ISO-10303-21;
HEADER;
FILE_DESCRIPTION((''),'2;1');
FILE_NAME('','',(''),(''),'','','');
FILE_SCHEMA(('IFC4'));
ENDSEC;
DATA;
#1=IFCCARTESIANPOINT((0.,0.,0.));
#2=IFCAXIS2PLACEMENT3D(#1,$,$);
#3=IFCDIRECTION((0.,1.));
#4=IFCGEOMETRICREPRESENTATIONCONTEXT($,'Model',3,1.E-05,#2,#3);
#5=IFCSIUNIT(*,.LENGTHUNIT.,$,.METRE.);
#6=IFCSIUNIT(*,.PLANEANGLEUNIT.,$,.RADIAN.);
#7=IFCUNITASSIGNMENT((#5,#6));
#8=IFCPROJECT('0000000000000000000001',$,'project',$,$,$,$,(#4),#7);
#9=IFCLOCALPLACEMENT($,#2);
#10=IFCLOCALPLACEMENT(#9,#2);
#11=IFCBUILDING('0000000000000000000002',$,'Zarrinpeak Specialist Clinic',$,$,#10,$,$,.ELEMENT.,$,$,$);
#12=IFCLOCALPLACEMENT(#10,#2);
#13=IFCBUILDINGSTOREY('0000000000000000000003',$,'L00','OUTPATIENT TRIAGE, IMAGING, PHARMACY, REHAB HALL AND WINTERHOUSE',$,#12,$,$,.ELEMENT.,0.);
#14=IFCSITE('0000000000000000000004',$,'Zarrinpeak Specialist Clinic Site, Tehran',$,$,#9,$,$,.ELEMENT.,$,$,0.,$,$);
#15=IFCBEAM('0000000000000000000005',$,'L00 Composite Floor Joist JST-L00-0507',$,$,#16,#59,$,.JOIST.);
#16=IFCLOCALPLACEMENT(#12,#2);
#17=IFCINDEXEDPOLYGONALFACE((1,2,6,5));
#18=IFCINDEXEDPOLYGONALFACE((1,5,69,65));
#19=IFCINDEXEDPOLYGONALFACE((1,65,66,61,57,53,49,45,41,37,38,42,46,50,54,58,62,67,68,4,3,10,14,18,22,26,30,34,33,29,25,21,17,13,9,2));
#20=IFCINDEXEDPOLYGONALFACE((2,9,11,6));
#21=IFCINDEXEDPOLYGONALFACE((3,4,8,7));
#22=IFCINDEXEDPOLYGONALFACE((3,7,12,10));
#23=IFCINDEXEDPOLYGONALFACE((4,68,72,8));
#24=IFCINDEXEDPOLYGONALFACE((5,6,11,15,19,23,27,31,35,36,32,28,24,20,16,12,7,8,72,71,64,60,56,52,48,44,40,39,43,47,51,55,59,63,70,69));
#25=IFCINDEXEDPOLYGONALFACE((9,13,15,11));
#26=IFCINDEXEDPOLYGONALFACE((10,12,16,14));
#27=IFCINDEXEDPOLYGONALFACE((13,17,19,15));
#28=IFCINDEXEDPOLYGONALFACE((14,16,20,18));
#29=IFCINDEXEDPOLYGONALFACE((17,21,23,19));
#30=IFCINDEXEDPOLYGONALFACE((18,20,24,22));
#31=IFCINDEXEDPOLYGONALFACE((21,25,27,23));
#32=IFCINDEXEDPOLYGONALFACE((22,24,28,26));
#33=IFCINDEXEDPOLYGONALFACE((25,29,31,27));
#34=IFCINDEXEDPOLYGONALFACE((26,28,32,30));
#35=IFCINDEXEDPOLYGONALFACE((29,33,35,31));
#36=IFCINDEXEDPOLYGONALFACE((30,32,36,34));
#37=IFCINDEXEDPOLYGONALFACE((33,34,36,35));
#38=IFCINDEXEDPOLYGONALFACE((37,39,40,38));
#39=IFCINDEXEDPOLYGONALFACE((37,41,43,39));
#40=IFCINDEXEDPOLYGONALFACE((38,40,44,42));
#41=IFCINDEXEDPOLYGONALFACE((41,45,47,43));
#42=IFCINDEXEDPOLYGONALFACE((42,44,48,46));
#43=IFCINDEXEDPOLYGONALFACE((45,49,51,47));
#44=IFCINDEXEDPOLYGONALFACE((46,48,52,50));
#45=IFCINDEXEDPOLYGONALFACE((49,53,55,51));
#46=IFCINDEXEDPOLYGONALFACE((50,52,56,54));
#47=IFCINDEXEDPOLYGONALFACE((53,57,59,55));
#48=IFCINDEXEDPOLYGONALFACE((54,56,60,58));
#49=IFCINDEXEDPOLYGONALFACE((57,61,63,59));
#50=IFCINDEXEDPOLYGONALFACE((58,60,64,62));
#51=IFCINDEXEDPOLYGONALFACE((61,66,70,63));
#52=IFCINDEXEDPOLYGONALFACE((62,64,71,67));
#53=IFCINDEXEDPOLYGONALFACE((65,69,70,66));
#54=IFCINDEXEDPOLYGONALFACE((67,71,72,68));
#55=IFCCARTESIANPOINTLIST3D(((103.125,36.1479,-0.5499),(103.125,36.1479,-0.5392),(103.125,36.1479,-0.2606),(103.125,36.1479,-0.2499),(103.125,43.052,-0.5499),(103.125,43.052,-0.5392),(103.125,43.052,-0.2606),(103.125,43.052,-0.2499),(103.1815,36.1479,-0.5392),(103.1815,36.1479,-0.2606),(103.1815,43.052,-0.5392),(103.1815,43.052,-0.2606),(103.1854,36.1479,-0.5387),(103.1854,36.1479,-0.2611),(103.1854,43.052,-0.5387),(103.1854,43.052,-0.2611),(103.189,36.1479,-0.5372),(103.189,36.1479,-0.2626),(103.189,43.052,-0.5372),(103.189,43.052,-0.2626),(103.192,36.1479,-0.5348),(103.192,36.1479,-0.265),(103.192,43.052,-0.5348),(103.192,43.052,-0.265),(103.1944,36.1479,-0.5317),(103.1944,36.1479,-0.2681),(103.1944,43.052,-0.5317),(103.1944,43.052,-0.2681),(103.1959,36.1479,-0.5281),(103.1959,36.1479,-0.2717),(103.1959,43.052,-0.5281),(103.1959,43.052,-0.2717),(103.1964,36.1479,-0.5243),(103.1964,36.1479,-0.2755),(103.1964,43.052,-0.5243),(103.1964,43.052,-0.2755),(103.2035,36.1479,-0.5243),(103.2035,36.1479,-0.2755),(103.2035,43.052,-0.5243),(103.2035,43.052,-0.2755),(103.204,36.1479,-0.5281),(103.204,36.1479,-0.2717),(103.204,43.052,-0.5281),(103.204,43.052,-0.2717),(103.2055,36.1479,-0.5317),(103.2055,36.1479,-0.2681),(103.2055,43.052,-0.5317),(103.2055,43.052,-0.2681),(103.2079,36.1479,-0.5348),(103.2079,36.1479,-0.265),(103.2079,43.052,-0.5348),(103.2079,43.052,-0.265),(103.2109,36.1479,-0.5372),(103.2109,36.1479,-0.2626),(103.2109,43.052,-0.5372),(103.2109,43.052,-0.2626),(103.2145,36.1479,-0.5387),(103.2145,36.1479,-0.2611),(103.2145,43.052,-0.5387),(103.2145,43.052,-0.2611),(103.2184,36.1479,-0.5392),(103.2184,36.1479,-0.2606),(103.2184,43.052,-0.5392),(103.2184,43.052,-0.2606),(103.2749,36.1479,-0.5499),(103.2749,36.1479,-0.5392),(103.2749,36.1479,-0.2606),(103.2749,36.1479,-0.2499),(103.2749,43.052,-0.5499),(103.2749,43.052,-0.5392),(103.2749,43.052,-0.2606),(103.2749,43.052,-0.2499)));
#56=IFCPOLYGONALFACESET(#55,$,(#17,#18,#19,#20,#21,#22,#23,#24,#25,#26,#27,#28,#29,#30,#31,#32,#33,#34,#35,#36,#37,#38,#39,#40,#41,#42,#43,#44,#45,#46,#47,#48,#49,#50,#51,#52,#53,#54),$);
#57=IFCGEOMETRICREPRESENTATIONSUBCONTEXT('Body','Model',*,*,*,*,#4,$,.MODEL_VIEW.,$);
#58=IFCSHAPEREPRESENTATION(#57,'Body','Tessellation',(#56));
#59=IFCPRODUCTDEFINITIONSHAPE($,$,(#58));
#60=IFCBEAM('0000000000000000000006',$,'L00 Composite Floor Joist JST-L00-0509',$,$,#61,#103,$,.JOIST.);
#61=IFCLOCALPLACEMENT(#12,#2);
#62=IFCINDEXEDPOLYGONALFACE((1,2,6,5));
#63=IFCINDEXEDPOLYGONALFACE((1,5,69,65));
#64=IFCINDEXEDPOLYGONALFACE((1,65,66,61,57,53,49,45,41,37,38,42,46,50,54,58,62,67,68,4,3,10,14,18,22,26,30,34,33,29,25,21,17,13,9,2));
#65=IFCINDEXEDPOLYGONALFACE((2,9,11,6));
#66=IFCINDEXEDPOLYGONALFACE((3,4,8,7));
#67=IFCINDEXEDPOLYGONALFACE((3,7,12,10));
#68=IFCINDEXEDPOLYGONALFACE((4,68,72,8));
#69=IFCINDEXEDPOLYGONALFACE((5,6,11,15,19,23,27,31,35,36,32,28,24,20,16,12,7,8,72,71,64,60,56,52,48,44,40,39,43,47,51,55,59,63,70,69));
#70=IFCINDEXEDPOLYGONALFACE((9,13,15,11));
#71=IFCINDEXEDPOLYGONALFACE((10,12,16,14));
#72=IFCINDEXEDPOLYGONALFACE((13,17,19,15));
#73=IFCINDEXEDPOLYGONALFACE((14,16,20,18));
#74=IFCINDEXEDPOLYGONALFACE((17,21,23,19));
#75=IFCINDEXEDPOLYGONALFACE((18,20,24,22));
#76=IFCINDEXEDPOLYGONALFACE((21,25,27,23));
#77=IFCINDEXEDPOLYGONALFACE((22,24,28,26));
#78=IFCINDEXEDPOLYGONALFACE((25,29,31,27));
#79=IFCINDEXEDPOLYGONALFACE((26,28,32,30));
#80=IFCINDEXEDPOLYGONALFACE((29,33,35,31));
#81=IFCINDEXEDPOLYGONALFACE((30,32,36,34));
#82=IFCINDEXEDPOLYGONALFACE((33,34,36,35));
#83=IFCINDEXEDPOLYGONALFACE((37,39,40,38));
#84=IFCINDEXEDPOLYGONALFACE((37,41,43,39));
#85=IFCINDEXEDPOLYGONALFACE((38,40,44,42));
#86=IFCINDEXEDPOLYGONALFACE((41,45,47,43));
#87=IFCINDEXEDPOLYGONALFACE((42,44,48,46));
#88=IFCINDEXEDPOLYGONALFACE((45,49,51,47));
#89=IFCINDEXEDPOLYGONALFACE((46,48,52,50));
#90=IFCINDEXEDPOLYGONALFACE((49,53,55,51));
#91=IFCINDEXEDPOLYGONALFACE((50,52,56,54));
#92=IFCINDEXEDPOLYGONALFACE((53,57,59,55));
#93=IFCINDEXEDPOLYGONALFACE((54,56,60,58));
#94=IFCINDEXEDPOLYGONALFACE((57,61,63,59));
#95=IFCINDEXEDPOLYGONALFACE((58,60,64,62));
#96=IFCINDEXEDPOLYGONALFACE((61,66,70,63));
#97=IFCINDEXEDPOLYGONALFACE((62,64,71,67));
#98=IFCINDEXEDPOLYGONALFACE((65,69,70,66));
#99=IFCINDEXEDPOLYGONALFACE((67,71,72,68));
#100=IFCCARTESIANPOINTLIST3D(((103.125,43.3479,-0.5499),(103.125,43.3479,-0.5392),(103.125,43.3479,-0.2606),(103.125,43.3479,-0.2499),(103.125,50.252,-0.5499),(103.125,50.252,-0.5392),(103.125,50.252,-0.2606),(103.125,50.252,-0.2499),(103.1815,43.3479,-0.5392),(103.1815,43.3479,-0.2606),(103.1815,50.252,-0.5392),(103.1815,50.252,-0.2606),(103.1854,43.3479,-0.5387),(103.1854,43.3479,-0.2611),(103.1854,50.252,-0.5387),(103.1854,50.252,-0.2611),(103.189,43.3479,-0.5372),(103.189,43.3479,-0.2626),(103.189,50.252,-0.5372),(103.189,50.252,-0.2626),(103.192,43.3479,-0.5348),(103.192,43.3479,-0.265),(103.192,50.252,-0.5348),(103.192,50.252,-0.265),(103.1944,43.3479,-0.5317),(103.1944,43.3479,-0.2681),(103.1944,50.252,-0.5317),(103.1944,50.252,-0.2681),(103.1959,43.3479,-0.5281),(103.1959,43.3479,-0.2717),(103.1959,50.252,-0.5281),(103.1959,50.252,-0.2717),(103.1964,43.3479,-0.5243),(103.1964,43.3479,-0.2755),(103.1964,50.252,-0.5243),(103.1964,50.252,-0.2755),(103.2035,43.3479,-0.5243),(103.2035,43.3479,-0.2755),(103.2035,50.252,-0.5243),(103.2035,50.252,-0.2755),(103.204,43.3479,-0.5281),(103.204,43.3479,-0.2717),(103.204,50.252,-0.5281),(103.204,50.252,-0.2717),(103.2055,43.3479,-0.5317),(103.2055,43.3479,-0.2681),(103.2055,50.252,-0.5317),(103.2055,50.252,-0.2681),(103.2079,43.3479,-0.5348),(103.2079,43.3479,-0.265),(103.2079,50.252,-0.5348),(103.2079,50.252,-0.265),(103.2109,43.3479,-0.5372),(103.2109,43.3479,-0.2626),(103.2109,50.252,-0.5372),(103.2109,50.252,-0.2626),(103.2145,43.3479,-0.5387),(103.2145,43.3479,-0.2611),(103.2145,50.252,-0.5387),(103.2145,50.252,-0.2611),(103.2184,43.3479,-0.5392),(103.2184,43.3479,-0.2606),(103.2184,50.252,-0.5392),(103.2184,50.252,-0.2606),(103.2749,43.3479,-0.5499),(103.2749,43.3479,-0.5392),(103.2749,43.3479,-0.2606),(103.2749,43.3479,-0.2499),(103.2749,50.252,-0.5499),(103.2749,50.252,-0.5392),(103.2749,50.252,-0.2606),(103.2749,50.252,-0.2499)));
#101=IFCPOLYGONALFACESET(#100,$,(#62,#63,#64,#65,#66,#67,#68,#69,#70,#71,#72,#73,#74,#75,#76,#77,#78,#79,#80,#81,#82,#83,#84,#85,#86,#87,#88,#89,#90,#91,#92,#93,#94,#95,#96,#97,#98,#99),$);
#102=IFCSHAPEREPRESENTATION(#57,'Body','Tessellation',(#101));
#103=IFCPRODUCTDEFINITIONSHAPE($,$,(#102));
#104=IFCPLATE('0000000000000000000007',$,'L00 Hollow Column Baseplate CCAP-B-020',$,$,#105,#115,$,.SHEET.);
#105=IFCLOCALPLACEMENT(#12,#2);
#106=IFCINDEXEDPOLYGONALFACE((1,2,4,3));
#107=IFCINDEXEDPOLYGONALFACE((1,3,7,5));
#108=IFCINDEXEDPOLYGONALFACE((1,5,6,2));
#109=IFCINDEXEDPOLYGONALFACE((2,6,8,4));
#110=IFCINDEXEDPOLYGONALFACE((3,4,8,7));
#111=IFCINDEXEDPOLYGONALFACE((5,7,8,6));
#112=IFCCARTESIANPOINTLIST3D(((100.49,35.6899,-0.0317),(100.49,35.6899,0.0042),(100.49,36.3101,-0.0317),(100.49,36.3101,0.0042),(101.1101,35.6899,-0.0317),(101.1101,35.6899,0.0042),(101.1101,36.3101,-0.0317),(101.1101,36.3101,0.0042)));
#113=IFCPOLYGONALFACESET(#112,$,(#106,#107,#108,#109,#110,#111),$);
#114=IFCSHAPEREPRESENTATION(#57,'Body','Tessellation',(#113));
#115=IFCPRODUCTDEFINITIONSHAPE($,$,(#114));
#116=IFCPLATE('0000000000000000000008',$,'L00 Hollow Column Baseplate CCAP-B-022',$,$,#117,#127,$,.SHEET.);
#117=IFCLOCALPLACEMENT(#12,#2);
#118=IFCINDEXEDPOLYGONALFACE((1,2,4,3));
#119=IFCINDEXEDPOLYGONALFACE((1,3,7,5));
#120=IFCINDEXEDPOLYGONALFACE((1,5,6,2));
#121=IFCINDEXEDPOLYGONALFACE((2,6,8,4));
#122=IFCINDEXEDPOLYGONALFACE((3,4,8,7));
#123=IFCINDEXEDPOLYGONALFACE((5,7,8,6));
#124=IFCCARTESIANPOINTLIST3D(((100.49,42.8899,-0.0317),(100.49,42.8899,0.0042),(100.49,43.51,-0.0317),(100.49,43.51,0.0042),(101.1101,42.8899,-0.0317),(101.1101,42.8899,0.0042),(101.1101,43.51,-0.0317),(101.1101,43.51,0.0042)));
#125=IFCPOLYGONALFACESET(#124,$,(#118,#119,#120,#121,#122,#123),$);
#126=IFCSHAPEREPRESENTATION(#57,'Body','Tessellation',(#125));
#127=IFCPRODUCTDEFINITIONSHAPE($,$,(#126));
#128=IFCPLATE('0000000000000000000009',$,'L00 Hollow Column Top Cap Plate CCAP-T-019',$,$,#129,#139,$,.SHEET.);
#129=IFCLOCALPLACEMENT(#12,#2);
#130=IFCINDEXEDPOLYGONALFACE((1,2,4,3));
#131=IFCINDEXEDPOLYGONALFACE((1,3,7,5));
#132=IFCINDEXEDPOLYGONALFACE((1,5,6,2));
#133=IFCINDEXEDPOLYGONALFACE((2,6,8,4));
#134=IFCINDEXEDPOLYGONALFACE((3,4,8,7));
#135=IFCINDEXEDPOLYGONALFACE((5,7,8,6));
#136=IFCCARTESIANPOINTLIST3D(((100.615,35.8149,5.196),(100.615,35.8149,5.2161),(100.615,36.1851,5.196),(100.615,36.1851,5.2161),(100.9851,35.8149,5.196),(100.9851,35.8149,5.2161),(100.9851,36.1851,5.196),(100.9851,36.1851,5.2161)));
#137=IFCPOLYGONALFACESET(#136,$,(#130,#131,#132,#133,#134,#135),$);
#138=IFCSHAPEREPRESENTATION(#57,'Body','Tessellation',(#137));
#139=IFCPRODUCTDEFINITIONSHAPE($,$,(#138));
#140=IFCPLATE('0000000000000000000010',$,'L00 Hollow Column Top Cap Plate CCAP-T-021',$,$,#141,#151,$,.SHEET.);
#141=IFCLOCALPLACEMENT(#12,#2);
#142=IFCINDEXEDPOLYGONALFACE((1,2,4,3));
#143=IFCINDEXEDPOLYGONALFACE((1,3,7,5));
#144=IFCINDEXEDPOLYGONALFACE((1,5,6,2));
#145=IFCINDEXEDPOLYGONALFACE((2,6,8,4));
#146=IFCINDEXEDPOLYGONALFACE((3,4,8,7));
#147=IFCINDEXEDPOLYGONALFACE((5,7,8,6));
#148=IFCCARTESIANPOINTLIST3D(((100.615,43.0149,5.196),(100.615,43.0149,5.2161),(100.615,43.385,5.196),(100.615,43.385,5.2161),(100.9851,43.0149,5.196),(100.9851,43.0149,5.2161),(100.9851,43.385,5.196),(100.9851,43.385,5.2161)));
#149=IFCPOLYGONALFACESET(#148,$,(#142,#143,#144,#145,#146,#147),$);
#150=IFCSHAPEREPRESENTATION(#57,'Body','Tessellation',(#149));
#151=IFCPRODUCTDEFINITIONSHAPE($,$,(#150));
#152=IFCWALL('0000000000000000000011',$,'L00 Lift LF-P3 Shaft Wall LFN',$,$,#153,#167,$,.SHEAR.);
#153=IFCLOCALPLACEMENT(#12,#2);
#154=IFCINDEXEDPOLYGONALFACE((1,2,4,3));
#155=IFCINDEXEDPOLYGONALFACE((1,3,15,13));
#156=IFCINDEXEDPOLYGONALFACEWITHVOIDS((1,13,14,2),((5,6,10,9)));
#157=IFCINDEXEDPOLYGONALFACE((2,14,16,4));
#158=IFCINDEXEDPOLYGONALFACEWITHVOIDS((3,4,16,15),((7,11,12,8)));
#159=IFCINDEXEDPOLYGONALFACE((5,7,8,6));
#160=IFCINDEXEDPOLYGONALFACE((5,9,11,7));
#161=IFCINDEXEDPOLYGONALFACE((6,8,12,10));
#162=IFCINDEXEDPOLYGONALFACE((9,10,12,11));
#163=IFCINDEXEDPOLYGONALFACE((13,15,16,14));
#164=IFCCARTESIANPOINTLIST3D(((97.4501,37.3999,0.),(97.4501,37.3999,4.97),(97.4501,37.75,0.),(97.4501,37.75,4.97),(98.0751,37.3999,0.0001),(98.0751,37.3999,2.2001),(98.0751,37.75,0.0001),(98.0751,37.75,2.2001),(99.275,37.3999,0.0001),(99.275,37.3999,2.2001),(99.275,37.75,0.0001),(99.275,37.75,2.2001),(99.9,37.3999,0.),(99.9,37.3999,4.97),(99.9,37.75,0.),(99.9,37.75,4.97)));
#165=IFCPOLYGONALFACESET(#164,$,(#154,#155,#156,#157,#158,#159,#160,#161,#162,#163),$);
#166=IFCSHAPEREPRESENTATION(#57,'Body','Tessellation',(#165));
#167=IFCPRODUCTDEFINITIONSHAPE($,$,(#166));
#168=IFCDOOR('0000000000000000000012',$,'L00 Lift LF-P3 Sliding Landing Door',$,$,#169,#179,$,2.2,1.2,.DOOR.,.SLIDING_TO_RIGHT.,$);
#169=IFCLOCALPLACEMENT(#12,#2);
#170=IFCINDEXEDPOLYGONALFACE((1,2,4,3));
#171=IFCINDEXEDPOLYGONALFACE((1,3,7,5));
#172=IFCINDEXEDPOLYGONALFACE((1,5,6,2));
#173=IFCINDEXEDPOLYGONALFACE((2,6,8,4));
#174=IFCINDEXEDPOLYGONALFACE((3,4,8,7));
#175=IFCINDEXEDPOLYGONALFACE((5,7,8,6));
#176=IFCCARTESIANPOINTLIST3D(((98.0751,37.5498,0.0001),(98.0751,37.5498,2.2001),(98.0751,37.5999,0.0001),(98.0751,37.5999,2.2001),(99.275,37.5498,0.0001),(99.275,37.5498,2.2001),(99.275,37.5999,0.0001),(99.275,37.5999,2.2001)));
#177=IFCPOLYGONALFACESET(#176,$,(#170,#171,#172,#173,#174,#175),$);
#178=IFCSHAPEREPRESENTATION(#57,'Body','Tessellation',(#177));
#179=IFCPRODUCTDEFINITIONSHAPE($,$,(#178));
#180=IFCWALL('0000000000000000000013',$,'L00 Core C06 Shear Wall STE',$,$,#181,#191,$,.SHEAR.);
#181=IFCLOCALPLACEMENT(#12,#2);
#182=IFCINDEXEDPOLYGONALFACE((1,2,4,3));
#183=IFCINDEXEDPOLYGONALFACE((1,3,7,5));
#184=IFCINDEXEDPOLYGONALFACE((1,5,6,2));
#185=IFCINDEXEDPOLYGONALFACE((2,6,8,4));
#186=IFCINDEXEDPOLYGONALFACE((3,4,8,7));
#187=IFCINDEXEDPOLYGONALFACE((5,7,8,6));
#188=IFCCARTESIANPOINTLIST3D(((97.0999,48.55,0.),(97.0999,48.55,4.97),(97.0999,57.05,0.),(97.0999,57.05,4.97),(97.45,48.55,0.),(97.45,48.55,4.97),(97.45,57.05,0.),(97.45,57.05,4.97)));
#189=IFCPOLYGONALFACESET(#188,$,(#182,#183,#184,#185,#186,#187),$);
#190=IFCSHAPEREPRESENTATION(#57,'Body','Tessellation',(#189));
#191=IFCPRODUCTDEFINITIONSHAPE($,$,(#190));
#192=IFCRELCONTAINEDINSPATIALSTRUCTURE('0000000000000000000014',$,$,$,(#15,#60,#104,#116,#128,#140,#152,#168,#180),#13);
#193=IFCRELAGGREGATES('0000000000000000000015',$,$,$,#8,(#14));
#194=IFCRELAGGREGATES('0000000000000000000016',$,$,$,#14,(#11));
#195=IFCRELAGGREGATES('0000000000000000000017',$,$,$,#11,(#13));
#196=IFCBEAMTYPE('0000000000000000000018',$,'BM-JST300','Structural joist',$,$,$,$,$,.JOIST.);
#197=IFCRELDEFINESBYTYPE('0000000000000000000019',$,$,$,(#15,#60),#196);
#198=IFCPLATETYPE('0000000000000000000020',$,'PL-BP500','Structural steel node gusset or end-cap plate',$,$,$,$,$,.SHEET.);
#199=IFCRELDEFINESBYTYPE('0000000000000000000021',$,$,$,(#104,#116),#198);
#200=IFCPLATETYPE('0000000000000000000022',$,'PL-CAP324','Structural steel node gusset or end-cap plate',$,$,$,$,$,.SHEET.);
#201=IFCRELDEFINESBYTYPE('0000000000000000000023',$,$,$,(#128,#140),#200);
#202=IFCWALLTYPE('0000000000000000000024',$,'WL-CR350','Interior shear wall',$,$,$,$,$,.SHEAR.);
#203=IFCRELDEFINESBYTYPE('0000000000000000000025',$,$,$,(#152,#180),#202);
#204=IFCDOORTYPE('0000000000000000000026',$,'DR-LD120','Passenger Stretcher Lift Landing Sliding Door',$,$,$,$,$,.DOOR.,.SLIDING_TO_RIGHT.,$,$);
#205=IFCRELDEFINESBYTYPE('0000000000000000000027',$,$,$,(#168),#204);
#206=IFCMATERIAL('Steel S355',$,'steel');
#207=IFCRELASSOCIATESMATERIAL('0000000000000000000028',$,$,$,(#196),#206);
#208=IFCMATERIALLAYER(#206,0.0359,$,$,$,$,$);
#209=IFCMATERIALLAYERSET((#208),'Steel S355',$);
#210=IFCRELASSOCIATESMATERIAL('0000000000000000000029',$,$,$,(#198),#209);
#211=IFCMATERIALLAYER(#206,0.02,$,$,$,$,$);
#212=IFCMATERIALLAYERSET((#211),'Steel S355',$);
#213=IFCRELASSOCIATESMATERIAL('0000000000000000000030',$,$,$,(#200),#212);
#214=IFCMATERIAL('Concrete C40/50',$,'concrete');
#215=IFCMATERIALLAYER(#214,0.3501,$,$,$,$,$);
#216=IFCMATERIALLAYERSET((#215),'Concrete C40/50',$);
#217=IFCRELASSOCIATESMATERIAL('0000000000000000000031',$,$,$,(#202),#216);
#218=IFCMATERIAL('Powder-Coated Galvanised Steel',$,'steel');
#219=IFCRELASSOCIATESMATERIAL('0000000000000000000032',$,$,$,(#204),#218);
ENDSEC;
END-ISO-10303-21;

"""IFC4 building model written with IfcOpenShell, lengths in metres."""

from ifc_helpers import new_model, si_unit, direction, frame, frame_2d, origin, origin_2d, place, context, subcontext, project, spatial, rectangle, i_section, extrude, material, layer, layer_set, material_profile, profile_set, type_object, element, fill, save


model = new_model("IFC4")

# Units and contexts
model_context = context("Model", 3, precision=1e-05, world=origin(), true_north=direction((0.0, 1.0)))
body_context = subcontext(model_context, "Body", "Model", "MODEL_VIEW")
ifc_project = project(units=[si_unit("LENGTHUNIT", "METRE"), si_unit("PLANEANGLEUNIT", "RADIAN")], contexts=[model_context])

# Site, building, storey
site_placement = place(None, origin())
site = spatial("IfcSite", under=ifc_project, at=site_placement, Name="Zarrinpeak Specialist Clinic Site, Tehran", CompositionType="ELEMENT", RefElevation=0.0)
building_placement = place(site_placement, origin())
building = spatial("IfcBuilding", under=site, at=building_placement, Name="Zarrinpeak Specialist Clinic", CompositionType="ELEMENT")
storey_placement = place(building_placement, origin())
storey = spatial("IfcBuildingStorey", under=building, at=storey_placement, Name="L00", Description="OUTPATIENT TRIAGE, IMAGING, PHARMACY, REHAB HALL AND WINTERHOUSE", CompositionType="ELEMENT", Elevation=0.0)

# Shared definitions
ifc_material_1 = material(Name="Steel S355", Category="steel")

# Beams
ifc_material_profile_1 = material_profile(ifc_material_1, i_section(OverallWidth=0.1499, OverallDepth=0.3, WebThickness=0.0071, FlangeThickness=0.0107, FilletRadius=0.0149, at=origin_2d()), Name="IPE 300")
ifc_profile_set_1 = profile_set([ifc_material_profile_1], Name="Steel S355")
beam_type_1 = type_object("IfcBeamType", Name="BM-JST300", Description="Structural joist", PredefinedType="JOIST", material=ifc_profile_set_1)
for number, where, z_axis, x_axis, name in (
    (1, (103.2, 36.1479, -0.3999), (0.0, 1.0, 0.0), (-1.0, 0.0, 0.0), "L00 Composite Floor Joist JST-L00-0507"),
    (2, (103.2, 43.3479, -0.3999), (0.0, 1.0, 0.0), (-1.0, 0.0, 0.0), "L00 Composite Floor Joist JST-L00-0509"),
):
    element("IfcBeam", number, at=place(storey_placement, frame(where, z_axis=z_axis, x_axis=x_axis)), inside=storey, type_object=beam_type_1, Name=name, PredefinedType="JOIST", context=body_context, shape_type="SweptSolid", body=[
        extrude(i_section(OverallWidth=0.1499, OverallDepth=0.3, WebThickness=0.0071, FlangeThickness=0.0107, FilletRadius=0.0149, at=origin_2d()), origin(), (0.0, 0.0, 1.0), 6.9041),
    ])

# Plates
ifc_layer_1 = layer(ifc_material_1, 0.0359)
ifc_layer_set_1 = layer_set([ifc_layer_1], Name="Steel S355")
plate_type_1 = type_object("IfcPlateType", Name="PL-BP500", Description="Structural steel node gusset or end-cap plate", PredefinedType="SHEET", material=ifc_layer_set_1)
for number, where, z_axis, x_axis, name in (
    (3, (100.8, 36.0, -0.0317), (0.0, 0.0, 1.0), (1.0, 0.0, 0.0), "L00 Hollow Column Baseplate CCAP-B-020"),
    (4, (100.8, 43.2, -0.0317), (0.0, 0.0, 1.0), (1.0, 0.0, 0.0), "L00 Hollow Column Baseplate CCAP-B-022"),
):
    element("IfcPlate", number, at=place(storey_placement, frame(where, z_axis=z_axis, x_axis=x_axis)), inside=storey, type_object=plate_type_1, Name=name, PredefinedType="SHEET", context=body_context, shape_type="SweptSolid", body=[
        extrude(rectangle(XDim=0.6201, YDim=0.6201, at=origin_2d()), origin(), (0.0, 0.0, 1.0), 0.0359),
    ])
ifc_layer_2 = layer(ifc_material_1, 0.02)
ifc_layer_set_2 = layer_set([ifc_layer_2], Name="Steel S355")
plate_type_2 = type_object("IfcPlateType", Name="PL-CAP324", Description="Structural steel node gusset or end-cap plate", PredefinedType="SHEET", material=ifc_layer_set_2)
for number, where, z_axis, x_axis, name in (
    (5, (100.8, 36.0, 5.196), (0.0, 0.0, 1.0), (1.0, 0.0, 0.0), "L00 Hollow Column Top Cap Plate CCAP-T-019"),
    (6, (100.8, 43.2, 5.196), (0.0, 0.0, 1.0), (1.0, 0.0, 0.0), "L00 Hollow Column Top Cap Plate CCAP-T-021"),
):
    element("IfcPlate", number, at=place(storey_placement, frame(where, z_axis=z_axis, x_axis=x_axis)), inside=storey, type_object=plate_type_2, Name=name, PredefinedType="SHEET", context=body_context, shape_type="SweptSolid", body=[
        extrude(rectangle(XDim=0.3701, YDim=0.3701, at=origin_2d()), origin(), (0.0, 0.0, 1.0), 0.02),
    ])

# Wall, opening, door
ifc_material_2 = material(Name="Concrete C40/50", Category="concrete")
ifc_layer_3 = layer(ifc_material_2, 0.3501)
ifc_layer_set_3 = layer_set([ifc_layer_3], Name="Concrete C40/50")
wall_type_1 = type_object("IfcWallType", Name="WL-CR350", Description="Interior shear wall", PredefinedType="SHEAR", material=ifc_layer_set_3)
wall_1_placement = place(storey_placement, frame((97.45, 37.575, 0.0), z_axis=(0.0, 0.0, 1.0), x_axis=(1.0, 0.0, 0.0)))
wall_1 = element("IfcWall", 7, at=wall_1_placement, inside=storey, type_object=wall_type_1, Name="L00 Lift LF-P3 Shaft Wall LFN", PredefinedType="SHEAR", context=body_context, shape_type="SweptSolid", body=[
    extrude(rectangle(XDim=2.45, YDim=0.3501, at=frame_2d((1.2251, 0.0))), origin(), (0.0, 0.0, 1.0), 4.97),
])
opening_1_placement = place(wall_1_placement, frame((0.625, 0.0, 0.0)))
opening_1 = element("IfcOpeningElement", 8, at=opening_1_placement, cuts=wall_1, PredefinedType="OPENING", context=body_context, shape_type="SweptSolid", body=[
    extrude(rectangle(XDim=1.2, YDim=2.2, at=frame_2d((0.6001, 1.1001))), frame((0.0, 0.1851, 0.0), z_axis=(0.0, -1.0, 0.0), x_axis=(1.0, 0.0, 0.0)), (0.0, 0.0, 1.0), 0.3701),
])
ifc_material_3 = material(Name="Powder-Coated Galvanised Steel", Category="steel")
door_type_1 = type_object("IfcDoorType", Name="DR-LD120", Description="Passenger Stretcher Lift Landing Sliding Door", OperationType="SLIDING_TO_RIGHT", PredefinedType="DOOR", material=ifc_material_3)
door_1_placement = place(opening_1_placement, origin())
door_1 = element("IfcDoor", 9, at=door_1_placement, inside=storey, type_object=door_type_1, Name="L00 Lift LF-P3 Sliding Landing Door", OperationType="SLIDING_TO_RIGHT", OverallHeight=2.2, OverallWidth=1.2, PredefinedType="DOOR", context=body_context, shape_type="SweptSolid", body=[
    extrude(rectangle(XDim=1.2, YDim=2.2, at=frame_2d((0.6001, 1.1001))), frame((0.0, 0.0249, 0.0), z_axis=(0.0, -1.0, 0.0), x_axis=(1.0, 0.0, 0.0)), (0.0, 0.0, 1.0), 0.05),
])
fill(opening_1, door_1)

# Wall
wall_2_placement = place(storey_placement, frame((97.2749, 48.55, 0.0), z_axis=(0.0, 0.0, 1.0), x_axis=(0.0, 1.0, 0.0)))
element("IfcWall", 10, at=wall_2_placement, inside=storey, type_object=wall_type_1, Name="L00 Core C06 Shear Wall STE", PredefinedType="SHEAR", context=body_context, shape_type="SweptSolid", body=[
    extrude(rectangle(XDim=8.5, YDim=0.3501, at=frame_2d((4.25, 0.0))), origin(), (0.0, 0.0, 1.0), 4.97),
])

save(model, "model.ifc")
